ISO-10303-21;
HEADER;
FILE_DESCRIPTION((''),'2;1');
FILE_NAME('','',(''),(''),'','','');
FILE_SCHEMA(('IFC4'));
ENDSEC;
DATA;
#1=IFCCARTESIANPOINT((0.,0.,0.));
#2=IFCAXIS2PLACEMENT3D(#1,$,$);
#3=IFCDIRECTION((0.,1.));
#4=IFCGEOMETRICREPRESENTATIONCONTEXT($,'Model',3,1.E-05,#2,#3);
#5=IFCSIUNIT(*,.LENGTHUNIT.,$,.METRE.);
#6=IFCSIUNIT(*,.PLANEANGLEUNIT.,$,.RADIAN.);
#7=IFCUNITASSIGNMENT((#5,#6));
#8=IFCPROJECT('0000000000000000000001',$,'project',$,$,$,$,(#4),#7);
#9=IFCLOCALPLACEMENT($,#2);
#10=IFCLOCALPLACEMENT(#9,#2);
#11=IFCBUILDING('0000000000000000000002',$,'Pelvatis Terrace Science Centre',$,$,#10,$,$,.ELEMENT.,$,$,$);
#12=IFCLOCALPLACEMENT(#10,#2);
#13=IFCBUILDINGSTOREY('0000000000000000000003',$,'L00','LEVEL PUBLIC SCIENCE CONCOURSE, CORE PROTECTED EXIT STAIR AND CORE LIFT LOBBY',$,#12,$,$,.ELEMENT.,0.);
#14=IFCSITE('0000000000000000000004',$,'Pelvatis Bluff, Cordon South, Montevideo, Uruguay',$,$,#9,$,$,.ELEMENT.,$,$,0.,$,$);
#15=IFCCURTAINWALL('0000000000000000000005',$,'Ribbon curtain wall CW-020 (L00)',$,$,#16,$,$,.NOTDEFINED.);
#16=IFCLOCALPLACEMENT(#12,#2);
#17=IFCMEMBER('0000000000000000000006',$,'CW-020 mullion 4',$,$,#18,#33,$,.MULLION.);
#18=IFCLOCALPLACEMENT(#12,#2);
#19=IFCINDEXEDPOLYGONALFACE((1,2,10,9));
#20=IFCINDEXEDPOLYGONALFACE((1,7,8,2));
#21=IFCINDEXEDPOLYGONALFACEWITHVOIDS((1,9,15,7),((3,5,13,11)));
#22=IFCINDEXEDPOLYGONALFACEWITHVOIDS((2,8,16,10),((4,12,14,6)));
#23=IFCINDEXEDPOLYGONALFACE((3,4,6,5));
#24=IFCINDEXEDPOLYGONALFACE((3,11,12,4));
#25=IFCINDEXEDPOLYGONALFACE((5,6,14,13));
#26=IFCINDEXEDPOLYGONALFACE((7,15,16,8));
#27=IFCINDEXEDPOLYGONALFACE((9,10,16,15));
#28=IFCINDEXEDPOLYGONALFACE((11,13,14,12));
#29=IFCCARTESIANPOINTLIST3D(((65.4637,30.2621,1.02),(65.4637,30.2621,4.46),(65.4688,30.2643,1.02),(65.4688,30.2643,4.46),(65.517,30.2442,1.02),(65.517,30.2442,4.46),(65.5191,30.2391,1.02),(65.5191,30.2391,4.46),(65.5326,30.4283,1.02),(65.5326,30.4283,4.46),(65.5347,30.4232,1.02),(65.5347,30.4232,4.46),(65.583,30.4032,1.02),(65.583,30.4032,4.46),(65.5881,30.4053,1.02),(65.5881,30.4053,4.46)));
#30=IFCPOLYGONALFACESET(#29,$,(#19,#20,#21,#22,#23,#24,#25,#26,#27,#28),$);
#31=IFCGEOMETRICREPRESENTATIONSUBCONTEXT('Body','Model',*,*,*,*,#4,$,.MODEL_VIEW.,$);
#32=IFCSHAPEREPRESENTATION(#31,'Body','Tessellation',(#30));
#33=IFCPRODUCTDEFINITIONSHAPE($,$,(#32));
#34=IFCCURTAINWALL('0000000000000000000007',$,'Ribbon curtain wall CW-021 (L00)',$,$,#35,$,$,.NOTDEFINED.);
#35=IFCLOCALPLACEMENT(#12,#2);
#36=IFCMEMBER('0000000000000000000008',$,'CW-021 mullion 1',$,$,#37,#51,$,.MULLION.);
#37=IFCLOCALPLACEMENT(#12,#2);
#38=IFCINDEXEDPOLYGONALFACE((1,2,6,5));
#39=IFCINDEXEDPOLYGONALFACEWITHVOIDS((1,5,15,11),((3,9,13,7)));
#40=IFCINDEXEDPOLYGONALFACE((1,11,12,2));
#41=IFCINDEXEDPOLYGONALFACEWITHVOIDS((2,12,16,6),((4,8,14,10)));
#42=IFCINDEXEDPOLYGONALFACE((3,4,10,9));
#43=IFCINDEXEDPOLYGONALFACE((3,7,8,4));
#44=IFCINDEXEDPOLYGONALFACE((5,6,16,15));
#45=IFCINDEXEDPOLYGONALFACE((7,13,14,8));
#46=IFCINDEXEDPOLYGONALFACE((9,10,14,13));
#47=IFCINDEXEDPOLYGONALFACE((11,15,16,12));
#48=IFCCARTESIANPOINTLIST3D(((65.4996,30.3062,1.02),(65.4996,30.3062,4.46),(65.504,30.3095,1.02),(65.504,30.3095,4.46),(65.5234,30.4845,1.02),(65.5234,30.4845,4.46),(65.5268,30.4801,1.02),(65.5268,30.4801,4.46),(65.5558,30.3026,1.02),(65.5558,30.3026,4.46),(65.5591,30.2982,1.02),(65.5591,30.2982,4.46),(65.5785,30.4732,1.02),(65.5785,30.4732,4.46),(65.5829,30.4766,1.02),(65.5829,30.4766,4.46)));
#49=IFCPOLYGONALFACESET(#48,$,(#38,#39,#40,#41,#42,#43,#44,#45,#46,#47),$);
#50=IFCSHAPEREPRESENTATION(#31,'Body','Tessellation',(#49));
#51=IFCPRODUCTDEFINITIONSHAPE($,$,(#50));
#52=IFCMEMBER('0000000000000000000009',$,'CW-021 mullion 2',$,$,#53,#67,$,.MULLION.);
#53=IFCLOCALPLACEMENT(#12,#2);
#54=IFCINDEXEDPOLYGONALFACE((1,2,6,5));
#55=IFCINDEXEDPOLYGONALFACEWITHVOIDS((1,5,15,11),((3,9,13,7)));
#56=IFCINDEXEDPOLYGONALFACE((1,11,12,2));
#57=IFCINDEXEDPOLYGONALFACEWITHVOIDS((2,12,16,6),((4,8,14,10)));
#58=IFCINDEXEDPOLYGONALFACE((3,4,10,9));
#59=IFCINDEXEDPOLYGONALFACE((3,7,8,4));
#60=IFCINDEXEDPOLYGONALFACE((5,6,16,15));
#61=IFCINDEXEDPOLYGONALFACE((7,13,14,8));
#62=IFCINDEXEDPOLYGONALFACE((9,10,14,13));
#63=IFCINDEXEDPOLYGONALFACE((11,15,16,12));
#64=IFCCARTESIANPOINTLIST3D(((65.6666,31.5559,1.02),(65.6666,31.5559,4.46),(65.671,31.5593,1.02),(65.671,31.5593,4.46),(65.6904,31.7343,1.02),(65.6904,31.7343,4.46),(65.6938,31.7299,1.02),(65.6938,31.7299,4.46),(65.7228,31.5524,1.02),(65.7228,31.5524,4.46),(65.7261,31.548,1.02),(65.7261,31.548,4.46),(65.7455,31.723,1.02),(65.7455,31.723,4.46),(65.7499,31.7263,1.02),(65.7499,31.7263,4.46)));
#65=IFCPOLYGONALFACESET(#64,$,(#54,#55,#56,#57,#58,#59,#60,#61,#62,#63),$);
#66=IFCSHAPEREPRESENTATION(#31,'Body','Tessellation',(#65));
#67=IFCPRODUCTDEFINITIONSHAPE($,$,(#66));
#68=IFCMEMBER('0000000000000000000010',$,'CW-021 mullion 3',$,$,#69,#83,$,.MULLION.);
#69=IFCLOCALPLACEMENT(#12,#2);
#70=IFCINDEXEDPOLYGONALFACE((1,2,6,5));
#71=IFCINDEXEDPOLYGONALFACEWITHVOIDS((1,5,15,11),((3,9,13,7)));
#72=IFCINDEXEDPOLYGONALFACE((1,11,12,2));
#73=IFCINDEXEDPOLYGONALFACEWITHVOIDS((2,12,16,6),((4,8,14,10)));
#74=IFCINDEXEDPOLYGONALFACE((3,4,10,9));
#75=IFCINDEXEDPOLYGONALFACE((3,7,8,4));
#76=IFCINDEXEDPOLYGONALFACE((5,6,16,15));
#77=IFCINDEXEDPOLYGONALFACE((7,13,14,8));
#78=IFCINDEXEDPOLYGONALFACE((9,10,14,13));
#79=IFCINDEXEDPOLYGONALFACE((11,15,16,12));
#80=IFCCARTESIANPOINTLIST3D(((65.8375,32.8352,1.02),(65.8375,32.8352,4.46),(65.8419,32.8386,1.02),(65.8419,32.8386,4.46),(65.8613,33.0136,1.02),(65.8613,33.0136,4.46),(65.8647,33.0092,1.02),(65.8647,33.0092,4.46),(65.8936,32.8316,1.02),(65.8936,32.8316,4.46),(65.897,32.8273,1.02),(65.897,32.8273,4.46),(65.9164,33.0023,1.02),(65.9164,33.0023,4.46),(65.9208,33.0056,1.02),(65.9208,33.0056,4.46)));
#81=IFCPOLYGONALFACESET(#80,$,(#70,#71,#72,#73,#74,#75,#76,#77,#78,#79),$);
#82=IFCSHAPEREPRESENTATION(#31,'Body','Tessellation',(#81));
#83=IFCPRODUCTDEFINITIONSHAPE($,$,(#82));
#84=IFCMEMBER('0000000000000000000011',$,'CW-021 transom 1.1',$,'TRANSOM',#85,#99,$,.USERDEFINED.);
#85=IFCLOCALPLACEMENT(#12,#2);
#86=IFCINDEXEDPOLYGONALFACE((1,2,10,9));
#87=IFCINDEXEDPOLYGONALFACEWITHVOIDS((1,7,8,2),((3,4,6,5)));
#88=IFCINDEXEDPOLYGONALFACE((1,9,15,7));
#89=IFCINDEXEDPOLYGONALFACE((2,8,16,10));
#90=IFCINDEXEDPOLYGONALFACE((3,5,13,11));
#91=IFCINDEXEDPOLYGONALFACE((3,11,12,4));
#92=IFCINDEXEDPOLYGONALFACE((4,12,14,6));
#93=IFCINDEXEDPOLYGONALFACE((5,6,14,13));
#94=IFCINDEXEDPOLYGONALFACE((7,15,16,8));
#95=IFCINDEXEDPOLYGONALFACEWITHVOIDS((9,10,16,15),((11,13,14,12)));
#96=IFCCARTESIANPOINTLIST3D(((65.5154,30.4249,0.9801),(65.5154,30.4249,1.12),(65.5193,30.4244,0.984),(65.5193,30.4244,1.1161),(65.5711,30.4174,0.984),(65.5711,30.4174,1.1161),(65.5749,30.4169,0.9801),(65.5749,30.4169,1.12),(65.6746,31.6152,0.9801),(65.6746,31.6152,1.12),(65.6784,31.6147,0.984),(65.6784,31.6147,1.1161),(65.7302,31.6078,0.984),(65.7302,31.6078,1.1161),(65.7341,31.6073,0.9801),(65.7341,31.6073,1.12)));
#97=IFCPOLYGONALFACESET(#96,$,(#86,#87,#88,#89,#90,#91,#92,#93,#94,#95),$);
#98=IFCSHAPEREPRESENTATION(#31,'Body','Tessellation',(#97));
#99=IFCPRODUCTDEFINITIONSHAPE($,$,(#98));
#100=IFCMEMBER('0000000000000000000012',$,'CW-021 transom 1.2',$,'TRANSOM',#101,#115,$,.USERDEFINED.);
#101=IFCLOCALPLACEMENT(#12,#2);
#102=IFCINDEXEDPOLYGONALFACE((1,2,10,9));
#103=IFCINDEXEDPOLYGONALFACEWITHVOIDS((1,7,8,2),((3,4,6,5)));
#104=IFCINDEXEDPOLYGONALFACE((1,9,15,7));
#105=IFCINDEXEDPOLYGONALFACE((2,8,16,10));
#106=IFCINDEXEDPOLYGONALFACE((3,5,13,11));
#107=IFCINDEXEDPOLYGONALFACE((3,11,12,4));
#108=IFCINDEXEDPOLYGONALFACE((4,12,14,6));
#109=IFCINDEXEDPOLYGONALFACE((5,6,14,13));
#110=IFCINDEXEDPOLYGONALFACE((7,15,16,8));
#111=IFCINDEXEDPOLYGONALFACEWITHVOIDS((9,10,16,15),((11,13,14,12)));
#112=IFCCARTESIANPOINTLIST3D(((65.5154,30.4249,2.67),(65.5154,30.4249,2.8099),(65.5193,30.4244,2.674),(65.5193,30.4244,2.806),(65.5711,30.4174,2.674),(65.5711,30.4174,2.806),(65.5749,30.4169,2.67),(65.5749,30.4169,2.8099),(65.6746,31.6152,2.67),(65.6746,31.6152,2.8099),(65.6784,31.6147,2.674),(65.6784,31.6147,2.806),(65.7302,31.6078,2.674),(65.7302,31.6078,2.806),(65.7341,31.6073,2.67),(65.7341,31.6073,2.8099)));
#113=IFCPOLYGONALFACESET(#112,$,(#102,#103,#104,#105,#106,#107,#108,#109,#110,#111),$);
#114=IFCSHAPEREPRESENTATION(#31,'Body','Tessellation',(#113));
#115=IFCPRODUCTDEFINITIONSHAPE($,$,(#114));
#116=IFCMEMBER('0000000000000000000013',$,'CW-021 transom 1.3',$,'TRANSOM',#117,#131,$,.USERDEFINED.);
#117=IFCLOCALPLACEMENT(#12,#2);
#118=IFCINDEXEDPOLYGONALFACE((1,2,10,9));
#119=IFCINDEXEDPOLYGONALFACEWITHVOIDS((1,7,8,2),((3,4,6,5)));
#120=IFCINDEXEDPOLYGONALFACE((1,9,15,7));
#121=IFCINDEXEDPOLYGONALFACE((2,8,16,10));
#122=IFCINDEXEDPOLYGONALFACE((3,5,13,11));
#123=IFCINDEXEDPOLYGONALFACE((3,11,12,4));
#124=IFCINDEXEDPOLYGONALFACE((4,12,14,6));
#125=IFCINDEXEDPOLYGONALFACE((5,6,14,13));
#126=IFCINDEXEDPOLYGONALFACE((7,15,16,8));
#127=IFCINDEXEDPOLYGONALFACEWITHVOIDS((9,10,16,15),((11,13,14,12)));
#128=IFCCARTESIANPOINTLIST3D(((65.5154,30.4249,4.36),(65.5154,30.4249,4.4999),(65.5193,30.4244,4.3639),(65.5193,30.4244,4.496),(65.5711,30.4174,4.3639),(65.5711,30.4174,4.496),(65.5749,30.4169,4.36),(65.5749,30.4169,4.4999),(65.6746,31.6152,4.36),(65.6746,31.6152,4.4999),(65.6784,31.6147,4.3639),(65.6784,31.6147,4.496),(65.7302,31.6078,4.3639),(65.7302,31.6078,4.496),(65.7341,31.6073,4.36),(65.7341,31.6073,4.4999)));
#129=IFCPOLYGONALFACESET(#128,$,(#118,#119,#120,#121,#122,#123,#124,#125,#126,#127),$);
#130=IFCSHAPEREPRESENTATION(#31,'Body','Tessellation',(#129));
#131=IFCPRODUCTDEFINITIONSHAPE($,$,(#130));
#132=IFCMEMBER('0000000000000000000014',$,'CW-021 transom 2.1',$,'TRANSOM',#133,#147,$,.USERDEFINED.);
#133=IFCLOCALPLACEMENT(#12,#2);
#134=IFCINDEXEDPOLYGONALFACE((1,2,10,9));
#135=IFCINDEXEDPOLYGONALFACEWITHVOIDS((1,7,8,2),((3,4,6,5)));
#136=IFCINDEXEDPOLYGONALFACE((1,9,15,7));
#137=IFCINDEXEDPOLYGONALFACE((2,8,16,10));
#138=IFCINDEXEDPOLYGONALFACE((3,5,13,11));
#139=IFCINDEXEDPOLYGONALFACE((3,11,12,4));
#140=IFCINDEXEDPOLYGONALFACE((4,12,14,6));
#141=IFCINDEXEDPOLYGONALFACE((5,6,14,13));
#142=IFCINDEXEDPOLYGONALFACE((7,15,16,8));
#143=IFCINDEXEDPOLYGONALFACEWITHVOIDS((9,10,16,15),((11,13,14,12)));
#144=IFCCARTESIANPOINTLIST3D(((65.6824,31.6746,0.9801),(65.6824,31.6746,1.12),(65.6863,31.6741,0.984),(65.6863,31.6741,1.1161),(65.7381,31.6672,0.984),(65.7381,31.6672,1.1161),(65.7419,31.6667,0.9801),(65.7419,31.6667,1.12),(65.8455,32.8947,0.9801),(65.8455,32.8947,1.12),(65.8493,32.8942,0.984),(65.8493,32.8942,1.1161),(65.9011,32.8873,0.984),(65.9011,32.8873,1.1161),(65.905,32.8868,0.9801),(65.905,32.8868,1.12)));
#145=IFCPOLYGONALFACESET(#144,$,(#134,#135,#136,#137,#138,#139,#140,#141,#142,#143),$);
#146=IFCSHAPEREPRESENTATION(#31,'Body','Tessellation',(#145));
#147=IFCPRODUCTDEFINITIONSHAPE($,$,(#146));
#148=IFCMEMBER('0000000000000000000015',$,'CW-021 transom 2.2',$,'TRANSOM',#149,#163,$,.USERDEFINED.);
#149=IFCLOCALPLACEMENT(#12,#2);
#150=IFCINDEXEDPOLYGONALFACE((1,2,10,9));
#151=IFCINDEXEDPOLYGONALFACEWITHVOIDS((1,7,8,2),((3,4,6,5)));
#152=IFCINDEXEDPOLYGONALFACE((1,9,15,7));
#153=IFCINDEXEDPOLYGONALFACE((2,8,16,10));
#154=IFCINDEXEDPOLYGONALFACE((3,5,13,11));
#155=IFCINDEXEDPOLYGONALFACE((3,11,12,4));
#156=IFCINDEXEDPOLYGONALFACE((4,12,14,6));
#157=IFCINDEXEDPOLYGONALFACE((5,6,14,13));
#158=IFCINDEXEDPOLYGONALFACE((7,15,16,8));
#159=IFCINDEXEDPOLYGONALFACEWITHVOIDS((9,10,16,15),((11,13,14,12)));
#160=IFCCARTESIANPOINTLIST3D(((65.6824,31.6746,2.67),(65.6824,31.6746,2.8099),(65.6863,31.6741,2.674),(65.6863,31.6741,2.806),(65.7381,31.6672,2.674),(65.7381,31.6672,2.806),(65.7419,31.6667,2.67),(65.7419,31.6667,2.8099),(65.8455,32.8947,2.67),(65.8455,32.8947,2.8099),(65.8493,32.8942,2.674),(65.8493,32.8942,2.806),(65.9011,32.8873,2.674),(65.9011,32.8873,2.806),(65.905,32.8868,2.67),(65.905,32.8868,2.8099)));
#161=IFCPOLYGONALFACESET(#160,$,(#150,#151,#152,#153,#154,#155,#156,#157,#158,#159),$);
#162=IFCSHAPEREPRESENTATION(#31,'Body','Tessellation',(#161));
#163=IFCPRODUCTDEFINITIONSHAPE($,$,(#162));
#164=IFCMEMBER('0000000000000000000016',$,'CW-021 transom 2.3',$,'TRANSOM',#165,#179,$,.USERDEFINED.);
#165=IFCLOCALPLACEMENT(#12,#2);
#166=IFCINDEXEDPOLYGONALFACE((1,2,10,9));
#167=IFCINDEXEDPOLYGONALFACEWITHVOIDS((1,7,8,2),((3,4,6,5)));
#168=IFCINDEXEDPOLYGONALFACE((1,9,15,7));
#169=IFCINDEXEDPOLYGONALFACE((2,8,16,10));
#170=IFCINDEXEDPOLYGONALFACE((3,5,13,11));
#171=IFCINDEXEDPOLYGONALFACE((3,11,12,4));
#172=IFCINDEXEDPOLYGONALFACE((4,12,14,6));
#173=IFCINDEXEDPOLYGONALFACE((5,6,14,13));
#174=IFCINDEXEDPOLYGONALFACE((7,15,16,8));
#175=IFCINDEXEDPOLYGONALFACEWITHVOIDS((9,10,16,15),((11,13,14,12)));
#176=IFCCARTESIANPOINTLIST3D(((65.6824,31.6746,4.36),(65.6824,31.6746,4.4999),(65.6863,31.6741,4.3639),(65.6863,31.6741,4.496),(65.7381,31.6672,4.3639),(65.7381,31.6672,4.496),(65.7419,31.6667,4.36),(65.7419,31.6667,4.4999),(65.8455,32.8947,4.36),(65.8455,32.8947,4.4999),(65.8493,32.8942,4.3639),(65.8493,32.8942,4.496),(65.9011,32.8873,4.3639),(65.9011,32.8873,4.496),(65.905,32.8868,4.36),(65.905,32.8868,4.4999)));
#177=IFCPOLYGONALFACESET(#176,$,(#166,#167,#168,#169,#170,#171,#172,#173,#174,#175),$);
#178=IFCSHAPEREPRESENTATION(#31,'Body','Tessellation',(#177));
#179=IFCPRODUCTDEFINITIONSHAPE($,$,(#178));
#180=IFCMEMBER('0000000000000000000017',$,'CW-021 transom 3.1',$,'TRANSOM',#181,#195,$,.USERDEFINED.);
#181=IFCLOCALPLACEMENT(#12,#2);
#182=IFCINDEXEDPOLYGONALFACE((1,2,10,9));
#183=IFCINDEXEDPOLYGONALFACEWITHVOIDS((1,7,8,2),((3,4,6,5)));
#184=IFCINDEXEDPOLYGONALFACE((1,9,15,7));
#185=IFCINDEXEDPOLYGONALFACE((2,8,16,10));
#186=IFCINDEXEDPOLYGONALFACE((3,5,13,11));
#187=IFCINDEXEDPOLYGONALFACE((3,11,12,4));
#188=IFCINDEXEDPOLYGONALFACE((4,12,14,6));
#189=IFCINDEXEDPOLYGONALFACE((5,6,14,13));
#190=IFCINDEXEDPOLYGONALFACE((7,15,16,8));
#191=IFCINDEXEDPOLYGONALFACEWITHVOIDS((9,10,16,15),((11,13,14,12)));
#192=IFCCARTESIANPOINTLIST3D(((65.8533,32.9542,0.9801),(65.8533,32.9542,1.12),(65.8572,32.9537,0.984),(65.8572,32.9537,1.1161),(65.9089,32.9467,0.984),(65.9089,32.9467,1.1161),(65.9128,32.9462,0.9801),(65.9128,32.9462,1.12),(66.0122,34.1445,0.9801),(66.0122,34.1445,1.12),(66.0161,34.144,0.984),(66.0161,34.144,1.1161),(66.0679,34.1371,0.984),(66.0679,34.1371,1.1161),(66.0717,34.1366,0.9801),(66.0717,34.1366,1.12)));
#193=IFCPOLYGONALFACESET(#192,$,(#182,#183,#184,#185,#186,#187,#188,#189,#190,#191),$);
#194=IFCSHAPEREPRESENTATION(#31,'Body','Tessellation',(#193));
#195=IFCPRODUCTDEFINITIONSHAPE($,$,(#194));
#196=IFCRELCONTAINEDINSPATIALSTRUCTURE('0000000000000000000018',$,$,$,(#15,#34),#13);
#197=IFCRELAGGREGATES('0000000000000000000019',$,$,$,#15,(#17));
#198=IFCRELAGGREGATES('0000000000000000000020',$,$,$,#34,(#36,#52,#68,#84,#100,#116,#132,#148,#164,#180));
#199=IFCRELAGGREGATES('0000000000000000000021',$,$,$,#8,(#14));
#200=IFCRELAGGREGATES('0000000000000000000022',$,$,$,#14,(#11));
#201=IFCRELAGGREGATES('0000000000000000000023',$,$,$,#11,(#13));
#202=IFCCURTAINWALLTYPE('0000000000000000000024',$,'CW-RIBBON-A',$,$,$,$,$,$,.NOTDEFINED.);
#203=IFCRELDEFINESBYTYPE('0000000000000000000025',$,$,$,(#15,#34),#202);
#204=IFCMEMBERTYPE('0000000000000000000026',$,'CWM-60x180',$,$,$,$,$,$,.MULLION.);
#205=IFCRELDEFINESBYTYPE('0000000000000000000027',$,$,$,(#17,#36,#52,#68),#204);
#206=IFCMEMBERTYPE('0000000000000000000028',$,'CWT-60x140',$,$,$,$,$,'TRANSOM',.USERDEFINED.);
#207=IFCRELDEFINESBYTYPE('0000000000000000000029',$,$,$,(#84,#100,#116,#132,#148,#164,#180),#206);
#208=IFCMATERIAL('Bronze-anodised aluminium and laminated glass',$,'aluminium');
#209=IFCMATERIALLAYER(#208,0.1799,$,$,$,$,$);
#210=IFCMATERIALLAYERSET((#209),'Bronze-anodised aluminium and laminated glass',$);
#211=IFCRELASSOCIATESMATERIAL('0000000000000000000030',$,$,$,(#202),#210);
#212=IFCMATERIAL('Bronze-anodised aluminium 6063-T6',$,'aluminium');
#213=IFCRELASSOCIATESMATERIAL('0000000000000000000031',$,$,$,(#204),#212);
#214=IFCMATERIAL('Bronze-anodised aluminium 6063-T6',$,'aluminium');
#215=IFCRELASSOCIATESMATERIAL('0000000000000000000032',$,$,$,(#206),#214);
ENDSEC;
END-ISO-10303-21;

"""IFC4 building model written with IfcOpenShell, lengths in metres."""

from ifc_helpers import new_model, si_unit, direction, frame, origin, origin_2d, place, context, subcontext, project, spatial, hollow_rectangle, extrude, material, layer, layer_set, material_profile, profile_set, type_object, element, aggregate, save


model = new_model("IFC4")

# Units and contexts
model_context = context("Model", 3, precision=1e-05, world=origin(), true_north=direction((0.0, 1.0)))
body_context = subcontext(model_context, "Body", "Model", "MODEL_VIEW")
ifc_project = project(units=[si_unit("LENGTHUNIT", "METRE"), si_unit("PLANEANGLEUNIT", "RADIAN")], contexts=[model_context])

# Site, building, storey
site_placement = place(None, origin())
site = spatial("IfcSite", under=ifc_project, at=site_placement, Name="Pelvatis Bluff, Cordon South, Montevideo, Uruguay", CompositionType="ELEMENT", RefElevation=0.0)
building_placement = place(site_placement, origin())
building = spatial("IfcBuilding", under=site, at=building_placement, Name="Pelvatis Terrace Science Centre", CompositionType="ELEMENT")
storey_placement = place(building_placement, origin())
storey = spatial("IfcBuildingStorey", under=building, at=storey_placement, Name="L00", Description="LEVEL PUBLIC SCIENCE CONCOURSE, CORE PROTECTED EXIT STAIR AND CORE LIFT LOBBY", CompositionType="ELEMENT", Elevation=0.0)

# Curtain wall, member
ifc_material_1 = material(Name="Bronze-anodised aluminium and laminated glass", Category="aluminium")
ifc_layer_1 = layer(ifc_material_1, 0.1799)
ifc_layer_set_1 = layer_set([ifc_layer_1], Name="Bronze-anodised aluminium and laminated glass")
curtain_wall_type = type_object("IfcCurtainWallType", Name="CW-RIBBON-A", PredefinedType="NOTDEFINED", material=ifc_layer_set_1)
curtain_wall_1_placement = place(storey_placement, origin())
curtain_wall_1 = element("IfcCurtainWall", 1, at=curtain_wall_1_placement, inside=storey, type_object=curtain_wall_type, Name="Ribbon curtain wall CW-020 (L00)", PredefinedType="NOTDEFINED")
ifc_material_2 = material(Name="Bronze-anodised aluminium 6063-T6", Category="aluminium")
ifc_material_profile_1 = material_profile(ifc_material_2, hollow_rectangle(XDim=0.0601, YDim=0.1799, WallThickness=0.0039, at=origin_2d()), Name="ALU-MUL 60x180")
ifc_profile_set_1 = profile_set([ifc_material_profile_1], Name="Bronze-anodised aluminium 6063-T6")
member_type_1 = type_object("IfcMemberType", Name="CWM-60x180", PredefinedType="MULLION", material=ifc_profile_set_1)
member_1_placement = place(storey_placement, frame((65.5259, 30.3337, 1.02), z_axis=(0.0, 0.0, 1.0), x_axis=(-0.923675, 0.383176, 0.0)))
member_1 = element("IfcMember", 2, at=member_1_placement, type_object=member_type_1, Name="CW-020 mullion 4", PredefinedType="MULLION", context=body_context, shape_type="SweptSolid", body=[
    extrude(hollow_rectangle(XDim=0.0601, YDim=0.1799, WallThickness=0.0039, at=origin_2d()), origin(), (0.0, 0.0, 1.0), 3.4399),
])
aggregate(curtain_wall_1, [member_1])

# Curtain wall, members
curtain_wall_2_placement = place(storey_placement, origin())
curtain_wall_2 = element("IfcCurtainWall", 3, at=curtain_wall_2_placement, inside=storey, type_object=curtain_wall_type, Name="Ribbon curtain wall CW-021 (L00)", PredefinedType="NOTDEFINED")
member_2_placement = place(storey_placement, frame((65.5413, 30.3914, 1.02), z_axis=(0.0, 0.0, 1.0), x_axis=(-0.991197, 0.132392, 0.0)))
member_2 = element("IfcMember", 4, at=member_2_placement, type_object=member_type_1, Name="CW-021 mullion 1", PredefinedType="MULLION", context=body_context, shape_type="SweptSolid", body=[
    extrude(hollow_rectangle(XDim=0.0601, YDim=0.1799, WallThickness=0.0039, at=origin_2d()), origin(), (0.0, 0.0, 1.0), 3.4399),
])
member_3_placement = place(storey_placement, frame((65.7083, 31.6411, 1.02), z_axis=(0.0, 0.0, 1.0), x_axis=(-0.991197, 0.132392, 0.0)))
member_3 = element("IfcMember", 5, at=member_3_placement, type_object=member_type_1, Name="CW-021 mullion 2", PredefinedType="MULLION", context=body_context, shape_type="SweptSolid", body=[
    extrude(hollow_rectangle(XDim=0.0601, YDim=0.1799, WallThickness=0.0039, at=origin_2d()), origin(), (0.0, 0.0, 1.0), 3.4399),
])
member_4_placement = place(storey_placement, frame((65.8792, 32.9204, 1.02), z_axis=(0.0, 0.0, 1.0), x_axis=(-0.991197, 0.132392, 0.0)))
member_4 = element("IfcMember", 6, at=member_4_placement, type_object=member_type_1, Name="CW-021 mullion 3", PredefinedType="MULLION", context=body_context, shape_type="SweptSolid", body=[
    extrude(hollow_rectangle(XDim=0.0601, YDim=0.1799, WallThickness=0.0039, at=origin_2d()), origin(), (0.0, 0.0, 1.0), 3.4399),
])
ifc_material_3 = material(Name="Bronze-anodised aluminium 6063-T6", Category="aluminium")
ifc_material_profile_2 = material_profile(ifc_material_3, hollow_rectangle(XDim=0.0601, YDim=0.1399, WallThickness=0.0039, at=origin_2d()), Name="ALU-TRN 60x140")
ifc_profile_set_2 = profile_set([ifc_material_profile_2], Name="Bronze-anodised aluminium 6063-T6")
member_type_2 = type_object("IfcMemberType", Name="CWT-60x140", ElementType="TRANSOM", PredefinedType="USERDEFINED", material=ifc_profile_set_2)
member_5_placement = place(storey_placement, frame((65.5452, 30.4209, 1.05), z_axis=(0.132537, 0.991178, 0.0), x_axis=(-0.991178, 0.132537, 0.0)))
member_5 = element("IfcMember", 7, at=member_5_placement, type_object=member_type_2, Name="CW-021 transom 1.1", ObjectType="TRANSOM", PredefinedType="USERDEFINED", context=body_context, shape_type="SweptSolid", body=[
    extrude(hollow_rectangle(XDim=0.0601, YDim=0.1399, WallThickness=0.0039, at=origin_2d()), origin(), (0.0, 0.0, 1.0), 1.2009),
])
member_6_placement = place(storey_placement, frame((65.5452, 30.4209, 2.74), z_axis=(0.132537, 0.991178, 0.0), x_axis=(-0.991178, 0.132537, 0.0)))
member_6 = element("IfcMember", 8, at=member_6_placement, type_object=member_type_2, Name="CW-021 transom 1.2", ObjectType="TRANSOM", PredefinedType="USERDEFINED", context=body_context, shape_type="SweptSolid", body=[
    extrude(hollow_rectangle(XDim=0.0601, YDim=0.1399, WallThickness=0.0039, at=origin_2d()), origin(), (0.0, 0.0, 1.0), 1.2009),
])
member_7_placement = place(storey_placement, frame((65.5452, 30.4209, 4.4299), z_axis=(0.132537, 0.991178, 0.0), x_axis=(-0.991178, 0.132537, 0.0)))
member_7 = element("IfcMember", 9, at=member_7_placement, type_object=member_type_2, Name="CW-021 transom 1.3", ObjectType="TRANSOM", PredefinedType="USERDEFINED", context=body_context, shape_type="SweptSolid", body=[
    extrude(hollow_rectangle(XDim=0.0601, YDim=0.1399, WallThickness=0.0039, at=origin_2d()), origin(), (0.0, 0.0, 1.0), 1.2009),
])
member_8_placement = place(storey_placement, frame((65.7122, 31.6707, 1.05), z_axis=(0.132475, 0.991186, 0.0), x_axis=(-0.991186, 0.132475, 0.0)))
member_8 = element("IfcMember", 10, at=member_8_placement, type_object=member_type_2, Name="CW-021 transom 2.1", ObjectType="TRANSOM", PredefinedType="USERDEFINED", context=body_context, shape_type="SweptSolid", body=[
    extrude(hollow_rectangle(XDim=0.0601, YDim=0.1399, WallThickness=0.0039, at=origin_2d()), origin(), (0.0, 0.0, 1.0), 1.231),
])
member_9_placement = place(storey_placement, frame((65.7122, 31.6707, 2.74), z_axis=(0.132475, 0.991186, 0.0), x_axis=(-0.991186, 0.132475, 0.0)))
member_9 = element("IfcMember", 11, at=member_9_placement, type_object=member_type_2, Name="CW-021 transom 2.2", ObjectType="TRANSOM", PredefinedType="USERDEFINED", context=body_context, shape_type="SweptSolid", body=[
    extrude(hollow_rectangle(XDim=0.0601, YDim=0.1399, WallThickness=0.0039, at=origin_2d()), origin(), (0.0, 0.0, 1.0), 1.231),
])
member_10_placement = place(storey_placement, frame((65.7122, 31.6707, 4.4299), z_axis=(0.132475, 0.991186, 0.0), x_axis=(-0.991186, 0.132475, 0.0)))
member_10 = element("IfcMember", 12, at=member_10_placement, type_object=member_type_2, Name="CW-021 transom 2.3", ObjectType="TRANSOM", PredefinedType="USERDEFINED", context=body_context, shape_type="SweptSolid", body=[
    extrude(hollow_rectangle(XDim=0.0601, YDim=0.1399, WallThickness=0.0039, at=origin_2d()), origin(), (0.0, 0.0, 1.0), 1.231),
])
member_11_placement = place(storey_placement, frame((65.8831, 32.9502, 1.05), z_axis=(0.132337, 0.991205, 0.0), x_axis=(-0.991205, 0.132337, 0.0)))
member_11 = element("IfcMember", 13, at=member_11_placement, type_object=member_type_2, Name="CW-021 transom 3.1", ObjectType="TRANSOM", PredefinedType="USERDEFINED", context=body_context, shape_type="SweptSolid", body=[
    extrude(hollow_rectangle(XDim=0.0601, YDim=0.1399, WallThickness=0.0039, at=origin_2d()), origin(), (0.0, 0.0, 1.0), 1.2009),
])
aggregate(curtain_wall_2, [member_2, member_3, member_4, member_5, member_6, member_7, member_8, member_9, member_10, member_11])

save(model, "model.ifc")
